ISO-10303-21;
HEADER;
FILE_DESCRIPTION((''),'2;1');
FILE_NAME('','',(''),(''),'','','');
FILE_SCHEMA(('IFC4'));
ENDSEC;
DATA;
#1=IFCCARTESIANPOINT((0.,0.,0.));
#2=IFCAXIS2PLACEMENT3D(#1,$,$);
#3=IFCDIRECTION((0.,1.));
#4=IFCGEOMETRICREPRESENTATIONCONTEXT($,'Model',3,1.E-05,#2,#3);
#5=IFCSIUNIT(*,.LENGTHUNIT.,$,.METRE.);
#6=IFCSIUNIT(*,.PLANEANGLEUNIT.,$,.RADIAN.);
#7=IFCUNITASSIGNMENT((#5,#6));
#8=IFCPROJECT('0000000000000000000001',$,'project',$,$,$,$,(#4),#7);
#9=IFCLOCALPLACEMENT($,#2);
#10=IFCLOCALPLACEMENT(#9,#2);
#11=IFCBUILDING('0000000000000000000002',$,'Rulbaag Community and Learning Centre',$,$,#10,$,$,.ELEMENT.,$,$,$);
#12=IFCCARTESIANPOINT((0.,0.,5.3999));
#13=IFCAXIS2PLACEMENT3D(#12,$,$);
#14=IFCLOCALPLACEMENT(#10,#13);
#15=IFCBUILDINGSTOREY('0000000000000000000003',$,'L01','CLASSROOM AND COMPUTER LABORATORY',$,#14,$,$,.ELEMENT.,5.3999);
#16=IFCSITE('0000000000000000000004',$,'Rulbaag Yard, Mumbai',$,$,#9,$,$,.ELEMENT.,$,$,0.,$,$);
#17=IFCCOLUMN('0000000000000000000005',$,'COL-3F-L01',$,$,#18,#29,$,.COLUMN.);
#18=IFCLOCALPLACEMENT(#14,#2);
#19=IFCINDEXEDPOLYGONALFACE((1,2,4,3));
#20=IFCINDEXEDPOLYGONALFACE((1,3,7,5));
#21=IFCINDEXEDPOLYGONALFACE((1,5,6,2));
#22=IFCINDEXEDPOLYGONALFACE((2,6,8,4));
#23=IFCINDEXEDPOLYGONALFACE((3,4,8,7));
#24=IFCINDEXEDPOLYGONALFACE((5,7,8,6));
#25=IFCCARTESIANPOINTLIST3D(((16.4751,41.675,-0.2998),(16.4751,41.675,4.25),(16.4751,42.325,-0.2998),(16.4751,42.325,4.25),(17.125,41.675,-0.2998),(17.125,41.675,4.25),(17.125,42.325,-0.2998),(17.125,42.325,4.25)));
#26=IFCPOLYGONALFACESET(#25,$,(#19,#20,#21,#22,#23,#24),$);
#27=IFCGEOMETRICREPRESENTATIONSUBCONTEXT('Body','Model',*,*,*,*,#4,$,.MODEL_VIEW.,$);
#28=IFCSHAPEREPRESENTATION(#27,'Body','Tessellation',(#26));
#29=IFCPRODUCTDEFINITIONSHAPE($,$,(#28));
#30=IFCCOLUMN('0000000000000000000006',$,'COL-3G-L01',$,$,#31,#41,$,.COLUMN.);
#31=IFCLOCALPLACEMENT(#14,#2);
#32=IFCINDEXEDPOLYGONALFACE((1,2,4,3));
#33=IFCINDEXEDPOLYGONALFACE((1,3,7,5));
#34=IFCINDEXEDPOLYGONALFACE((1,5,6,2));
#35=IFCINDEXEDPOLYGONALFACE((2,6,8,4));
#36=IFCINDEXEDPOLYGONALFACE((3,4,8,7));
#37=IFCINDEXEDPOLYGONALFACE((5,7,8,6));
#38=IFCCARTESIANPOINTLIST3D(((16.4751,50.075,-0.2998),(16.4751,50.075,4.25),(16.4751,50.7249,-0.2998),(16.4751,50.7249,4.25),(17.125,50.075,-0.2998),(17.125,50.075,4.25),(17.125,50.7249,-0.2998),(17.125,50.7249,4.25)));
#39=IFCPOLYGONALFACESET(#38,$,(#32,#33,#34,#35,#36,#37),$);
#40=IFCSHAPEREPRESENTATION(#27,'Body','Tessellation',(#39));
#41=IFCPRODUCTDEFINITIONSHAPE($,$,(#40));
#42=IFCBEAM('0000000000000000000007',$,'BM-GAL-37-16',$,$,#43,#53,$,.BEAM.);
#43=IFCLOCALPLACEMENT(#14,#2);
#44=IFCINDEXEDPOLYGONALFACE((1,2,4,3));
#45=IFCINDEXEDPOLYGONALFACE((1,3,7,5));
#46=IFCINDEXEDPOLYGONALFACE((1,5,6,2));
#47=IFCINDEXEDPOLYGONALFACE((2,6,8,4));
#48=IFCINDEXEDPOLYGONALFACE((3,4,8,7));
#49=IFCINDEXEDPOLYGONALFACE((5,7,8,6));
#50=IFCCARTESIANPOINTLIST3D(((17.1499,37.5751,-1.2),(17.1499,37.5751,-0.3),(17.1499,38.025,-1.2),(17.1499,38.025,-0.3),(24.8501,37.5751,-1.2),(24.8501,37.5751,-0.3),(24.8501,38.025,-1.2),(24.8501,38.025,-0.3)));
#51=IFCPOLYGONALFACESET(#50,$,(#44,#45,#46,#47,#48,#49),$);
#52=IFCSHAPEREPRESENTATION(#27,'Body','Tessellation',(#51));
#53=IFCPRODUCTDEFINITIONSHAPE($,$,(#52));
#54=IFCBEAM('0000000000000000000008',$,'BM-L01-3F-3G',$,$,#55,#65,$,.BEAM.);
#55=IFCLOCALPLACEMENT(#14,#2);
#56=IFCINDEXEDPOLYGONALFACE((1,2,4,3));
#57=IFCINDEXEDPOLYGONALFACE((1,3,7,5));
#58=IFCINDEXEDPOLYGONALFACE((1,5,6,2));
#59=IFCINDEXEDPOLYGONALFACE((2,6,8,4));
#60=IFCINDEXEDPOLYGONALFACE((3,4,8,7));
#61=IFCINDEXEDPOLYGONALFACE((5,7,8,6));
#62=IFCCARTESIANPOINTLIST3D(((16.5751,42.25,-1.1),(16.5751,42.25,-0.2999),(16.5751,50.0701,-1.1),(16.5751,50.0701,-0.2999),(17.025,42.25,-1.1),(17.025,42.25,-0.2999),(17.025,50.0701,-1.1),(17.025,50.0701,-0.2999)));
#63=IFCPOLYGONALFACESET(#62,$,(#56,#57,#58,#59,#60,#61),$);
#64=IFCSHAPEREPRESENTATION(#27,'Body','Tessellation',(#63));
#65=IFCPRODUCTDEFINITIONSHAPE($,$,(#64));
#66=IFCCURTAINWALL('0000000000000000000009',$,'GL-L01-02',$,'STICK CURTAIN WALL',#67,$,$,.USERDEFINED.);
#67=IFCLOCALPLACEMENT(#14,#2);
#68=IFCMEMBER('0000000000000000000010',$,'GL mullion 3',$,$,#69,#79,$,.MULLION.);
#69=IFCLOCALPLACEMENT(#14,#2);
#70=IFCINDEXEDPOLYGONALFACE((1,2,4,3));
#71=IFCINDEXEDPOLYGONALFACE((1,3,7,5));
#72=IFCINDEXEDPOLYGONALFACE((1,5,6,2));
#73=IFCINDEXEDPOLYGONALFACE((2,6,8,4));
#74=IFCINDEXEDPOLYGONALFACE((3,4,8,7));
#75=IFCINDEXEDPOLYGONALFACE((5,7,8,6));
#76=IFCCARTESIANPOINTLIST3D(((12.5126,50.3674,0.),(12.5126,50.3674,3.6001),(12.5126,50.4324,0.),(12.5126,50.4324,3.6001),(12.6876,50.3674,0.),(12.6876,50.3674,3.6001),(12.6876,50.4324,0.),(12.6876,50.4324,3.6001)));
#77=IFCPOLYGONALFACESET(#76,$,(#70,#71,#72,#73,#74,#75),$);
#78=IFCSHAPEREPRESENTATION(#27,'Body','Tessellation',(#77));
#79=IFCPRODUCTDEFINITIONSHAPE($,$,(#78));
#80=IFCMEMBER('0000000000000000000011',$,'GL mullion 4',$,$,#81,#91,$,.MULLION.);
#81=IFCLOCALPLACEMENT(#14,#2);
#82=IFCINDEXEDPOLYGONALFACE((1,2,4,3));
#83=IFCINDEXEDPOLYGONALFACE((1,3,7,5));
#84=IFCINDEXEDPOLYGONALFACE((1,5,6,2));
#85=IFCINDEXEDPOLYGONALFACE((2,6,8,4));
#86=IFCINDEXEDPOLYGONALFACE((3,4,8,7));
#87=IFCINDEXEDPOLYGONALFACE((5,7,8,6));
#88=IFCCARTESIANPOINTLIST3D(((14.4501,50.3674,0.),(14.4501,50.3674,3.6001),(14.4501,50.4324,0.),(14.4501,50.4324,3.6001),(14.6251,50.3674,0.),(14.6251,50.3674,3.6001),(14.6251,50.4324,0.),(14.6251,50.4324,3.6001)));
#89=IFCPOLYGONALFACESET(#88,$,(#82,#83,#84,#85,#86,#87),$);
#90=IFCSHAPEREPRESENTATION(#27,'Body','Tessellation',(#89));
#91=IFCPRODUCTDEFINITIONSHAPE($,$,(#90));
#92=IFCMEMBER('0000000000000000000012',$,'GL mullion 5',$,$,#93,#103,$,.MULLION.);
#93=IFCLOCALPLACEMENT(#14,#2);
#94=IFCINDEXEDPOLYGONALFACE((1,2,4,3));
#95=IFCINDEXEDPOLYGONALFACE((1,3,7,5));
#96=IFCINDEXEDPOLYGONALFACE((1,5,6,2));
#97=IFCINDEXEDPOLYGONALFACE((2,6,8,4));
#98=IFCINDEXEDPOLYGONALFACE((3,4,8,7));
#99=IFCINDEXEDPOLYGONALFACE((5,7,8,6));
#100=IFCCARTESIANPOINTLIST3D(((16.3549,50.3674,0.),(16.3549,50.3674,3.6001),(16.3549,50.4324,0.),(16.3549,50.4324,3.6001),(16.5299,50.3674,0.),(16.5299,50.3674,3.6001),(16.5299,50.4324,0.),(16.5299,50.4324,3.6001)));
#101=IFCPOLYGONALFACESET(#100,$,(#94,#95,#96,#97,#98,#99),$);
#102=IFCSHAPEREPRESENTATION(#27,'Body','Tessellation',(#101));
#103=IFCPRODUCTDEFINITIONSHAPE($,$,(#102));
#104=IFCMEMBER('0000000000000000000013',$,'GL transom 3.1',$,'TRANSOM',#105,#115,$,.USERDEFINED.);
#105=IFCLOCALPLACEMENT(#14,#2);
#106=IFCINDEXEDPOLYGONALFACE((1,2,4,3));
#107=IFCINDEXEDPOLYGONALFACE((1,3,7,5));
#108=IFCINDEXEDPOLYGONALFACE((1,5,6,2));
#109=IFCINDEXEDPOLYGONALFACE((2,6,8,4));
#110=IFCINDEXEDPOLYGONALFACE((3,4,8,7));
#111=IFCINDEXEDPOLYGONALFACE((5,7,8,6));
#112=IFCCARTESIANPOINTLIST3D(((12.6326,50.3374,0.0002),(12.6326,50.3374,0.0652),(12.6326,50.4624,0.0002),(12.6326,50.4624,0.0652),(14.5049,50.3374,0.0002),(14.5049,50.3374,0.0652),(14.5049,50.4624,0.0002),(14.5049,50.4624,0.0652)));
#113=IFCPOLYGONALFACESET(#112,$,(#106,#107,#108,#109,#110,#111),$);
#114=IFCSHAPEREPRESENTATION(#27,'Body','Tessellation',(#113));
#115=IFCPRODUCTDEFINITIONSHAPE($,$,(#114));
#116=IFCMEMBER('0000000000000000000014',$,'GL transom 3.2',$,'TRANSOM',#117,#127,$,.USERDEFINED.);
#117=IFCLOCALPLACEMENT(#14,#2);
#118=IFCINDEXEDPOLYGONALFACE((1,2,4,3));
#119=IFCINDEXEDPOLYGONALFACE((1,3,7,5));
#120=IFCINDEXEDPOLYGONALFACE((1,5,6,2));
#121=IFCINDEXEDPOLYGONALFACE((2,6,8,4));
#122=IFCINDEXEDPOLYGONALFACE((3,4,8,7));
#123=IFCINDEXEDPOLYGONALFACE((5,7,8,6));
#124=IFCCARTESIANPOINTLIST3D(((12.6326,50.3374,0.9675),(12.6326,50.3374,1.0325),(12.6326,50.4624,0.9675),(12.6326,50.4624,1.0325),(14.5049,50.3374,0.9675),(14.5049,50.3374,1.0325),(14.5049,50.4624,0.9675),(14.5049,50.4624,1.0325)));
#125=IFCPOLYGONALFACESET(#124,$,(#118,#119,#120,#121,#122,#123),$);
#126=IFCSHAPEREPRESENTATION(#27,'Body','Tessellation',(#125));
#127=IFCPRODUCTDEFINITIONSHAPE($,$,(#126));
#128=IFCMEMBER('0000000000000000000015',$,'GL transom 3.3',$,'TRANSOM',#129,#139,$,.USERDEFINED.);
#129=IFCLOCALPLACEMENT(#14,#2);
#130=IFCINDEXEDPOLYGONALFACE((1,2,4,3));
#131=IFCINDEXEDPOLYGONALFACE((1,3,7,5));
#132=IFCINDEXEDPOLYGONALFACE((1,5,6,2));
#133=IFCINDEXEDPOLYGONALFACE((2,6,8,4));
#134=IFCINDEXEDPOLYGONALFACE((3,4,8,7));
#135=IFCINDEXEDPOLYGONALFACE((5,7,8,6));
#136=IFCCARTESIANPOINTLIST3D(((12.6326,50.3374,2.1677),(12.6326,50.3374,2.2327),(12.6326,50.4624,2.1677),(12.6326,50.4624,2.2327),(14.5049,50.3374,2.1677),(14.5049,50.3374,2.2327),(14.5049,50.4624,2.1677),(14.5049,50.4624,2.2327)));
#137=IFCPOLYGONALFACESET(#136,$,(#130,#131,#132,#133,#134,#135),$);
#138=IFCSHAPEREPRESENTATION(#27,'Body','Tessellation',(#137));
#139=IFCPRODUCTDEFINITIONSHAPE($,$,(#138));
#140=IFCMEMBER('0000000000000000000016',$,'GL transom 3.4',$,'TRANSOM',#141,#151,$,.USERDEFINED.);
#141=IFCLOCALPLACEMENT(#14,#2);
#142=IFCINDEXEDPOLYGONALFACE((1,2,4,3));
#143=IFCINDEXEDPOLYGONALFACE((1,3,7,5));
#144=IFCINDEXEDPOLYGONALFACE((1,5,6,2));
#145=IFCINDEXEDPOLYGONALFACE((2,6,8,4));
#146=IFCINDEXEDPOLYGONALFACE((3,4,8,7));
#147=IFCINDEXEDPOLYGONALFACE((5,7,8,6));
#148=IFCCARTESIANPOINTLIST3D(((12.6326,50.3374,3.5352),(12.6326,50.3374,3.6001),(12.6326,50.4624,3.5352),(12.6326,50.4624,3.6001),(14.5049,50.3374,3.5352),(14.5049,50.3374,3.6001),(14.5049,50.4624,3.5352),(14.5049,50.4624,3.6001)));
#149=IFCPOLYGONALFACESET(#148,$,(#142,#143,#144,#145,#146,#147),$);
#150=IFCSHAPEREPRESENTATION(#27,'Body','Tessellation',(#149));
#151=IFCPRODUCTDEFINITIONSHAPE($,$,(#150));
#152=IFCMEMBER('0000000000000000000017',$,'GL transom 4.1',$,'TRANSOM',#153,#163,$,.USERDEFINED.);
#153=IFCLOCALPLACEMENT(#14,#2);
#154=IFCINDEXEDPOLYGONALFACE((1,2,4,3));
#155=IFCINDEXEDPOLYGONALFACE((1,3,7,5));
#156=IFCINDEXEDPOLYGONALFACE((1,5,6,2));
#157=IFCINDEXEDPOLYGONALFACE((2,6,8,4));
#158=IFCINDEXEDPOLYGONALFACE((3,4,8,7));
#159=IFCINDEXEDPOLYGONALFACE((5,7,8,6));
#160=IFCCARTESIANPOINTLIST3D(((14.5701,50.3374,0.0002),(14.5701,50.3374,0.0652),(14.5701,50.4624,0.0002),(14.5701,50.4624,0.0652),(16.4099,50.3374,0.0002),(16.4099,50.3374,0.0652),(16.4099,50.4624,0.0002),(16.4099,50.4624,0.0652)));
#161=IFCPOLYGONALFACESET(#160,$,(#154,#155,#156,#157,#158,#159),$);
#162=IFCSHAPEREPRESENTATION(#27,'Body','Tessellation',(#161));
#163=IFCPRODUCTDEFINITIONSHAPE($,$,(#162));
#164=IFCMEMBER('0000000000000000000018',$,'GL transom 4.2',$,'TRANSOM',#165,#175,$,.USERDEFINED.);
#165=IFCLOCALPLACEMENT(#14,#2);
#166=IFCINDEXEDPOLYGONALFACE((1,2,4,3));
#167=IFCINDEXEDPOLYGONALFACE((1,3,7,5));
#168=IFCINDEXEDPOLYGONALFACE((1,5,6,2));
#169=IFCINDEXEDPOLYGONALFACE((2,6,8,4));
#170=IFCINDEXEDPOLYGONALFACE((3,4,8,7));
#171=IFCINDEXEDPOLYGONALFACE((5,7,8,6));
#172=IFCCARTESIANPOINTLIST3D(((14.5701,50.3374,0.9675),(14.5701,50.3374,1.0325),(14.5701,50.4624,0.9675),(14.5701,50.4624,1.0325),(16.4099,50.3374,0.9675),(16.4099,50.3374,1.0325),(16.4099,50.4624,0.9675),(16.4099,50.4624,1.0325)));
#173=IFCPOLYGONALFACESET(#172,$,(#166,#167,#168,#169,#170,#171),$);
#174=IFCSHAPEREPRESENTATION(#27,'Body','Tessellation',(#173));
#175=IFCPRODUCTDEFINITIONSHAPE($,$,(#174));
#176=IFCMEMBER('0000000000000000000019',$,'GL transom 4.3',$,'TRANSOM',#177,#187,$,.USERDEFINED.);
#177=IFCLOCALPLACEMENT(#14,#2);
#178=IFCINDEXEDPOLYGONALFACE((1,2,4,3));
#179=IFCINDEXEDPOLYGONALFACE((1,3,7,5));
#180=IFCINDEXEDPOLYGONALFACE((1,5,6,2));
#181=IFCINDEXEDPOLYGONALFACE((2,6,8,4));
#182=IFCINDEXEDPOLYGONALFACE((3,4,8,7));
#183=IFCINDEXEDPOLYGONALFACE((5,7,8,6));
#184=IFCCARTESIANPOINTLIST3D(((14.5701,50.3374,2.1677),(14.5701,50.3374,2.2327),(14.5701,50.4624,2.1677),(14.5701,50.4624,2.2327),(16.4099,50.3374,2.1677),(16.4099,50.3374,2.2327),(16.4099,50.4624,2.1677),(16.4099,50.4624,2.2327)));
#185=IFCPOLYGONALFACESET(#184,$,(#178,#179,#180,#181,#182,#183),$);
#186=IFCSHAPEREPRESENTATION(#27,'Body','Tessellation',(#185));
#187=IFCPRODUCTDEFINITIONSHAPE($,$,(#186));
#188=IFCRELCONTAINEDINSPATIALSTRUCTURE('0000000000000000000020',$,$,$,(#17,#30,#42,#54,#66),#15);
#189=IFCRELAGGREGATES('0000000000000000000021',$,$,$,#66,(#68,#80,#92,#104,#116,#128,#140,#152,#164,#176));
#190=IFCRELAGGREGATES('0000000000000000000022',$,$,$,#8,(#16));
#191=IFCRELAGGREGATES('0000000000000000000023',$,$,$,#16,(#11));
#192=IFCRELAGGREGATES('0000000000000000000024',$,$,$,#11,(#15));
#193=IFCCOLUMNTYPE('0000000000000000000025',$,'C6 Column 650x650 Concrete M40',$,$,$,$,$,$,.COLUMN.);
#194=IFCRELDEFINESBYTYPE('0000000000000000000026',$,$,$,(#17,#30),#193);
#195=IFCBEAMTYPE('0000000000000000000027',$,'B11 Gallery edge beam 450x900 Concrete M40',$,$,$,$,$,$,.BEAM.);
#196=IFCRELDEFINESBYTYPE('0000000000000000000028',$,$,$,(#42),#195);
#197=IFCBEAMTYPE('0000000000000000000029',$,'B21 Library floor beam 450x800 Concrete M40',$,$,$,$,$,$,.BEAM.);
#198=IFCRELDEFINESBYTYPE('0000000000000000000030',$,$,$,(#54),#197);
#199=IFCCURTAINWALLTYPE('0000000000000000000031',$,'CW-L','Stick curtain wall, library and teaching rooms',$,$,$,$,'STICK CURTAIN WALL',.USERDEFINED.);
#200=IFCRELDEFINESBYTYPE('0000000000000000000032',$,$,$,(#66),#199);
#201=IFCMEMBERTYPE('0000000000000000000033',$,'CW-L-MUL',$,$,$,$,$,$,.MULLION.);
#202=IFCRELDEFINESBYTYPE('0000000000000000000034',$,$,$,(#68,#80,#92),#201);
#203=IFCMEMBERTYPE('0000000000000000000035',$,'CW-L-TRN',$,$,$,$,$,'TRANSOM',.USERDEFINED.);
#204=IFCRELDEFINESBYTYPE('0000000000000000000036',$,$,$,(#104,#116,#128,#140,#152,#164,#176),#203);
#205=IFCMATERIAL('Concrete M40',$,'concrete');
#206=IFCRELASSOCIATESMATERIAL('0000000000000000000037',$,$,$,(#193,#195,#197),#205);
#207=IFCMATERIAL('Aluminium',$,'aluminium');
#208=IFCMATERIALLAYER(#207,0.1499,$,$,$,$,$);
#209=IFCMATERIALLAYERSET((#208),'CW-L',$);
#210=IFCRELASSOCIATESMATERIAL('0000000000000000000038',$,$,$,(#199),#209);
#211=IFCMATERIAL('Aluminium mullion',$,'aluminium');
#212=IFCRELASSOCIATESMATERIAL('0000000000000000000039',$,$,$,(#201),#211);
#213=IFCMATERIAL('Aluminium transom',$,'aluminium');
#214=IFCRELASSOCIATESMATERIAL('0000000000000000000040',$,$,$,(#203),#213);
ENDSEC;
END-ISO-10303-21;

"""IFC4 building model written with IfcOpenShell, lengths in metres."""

from ifc_helpers import new_model, si_unit, direction, frame, origin, origin_2d, place, context, subcontext, project, spatial, rectangle, extrude, material, layer, layer_set, material_profile, profile_set, type_object, element, aggregate, save


model = new_model("IFC4")

# Units and contexts
model_context = context("Model", 3, precision=1e-05, world=origin(), true_north=direction((0.0, 1.0)))
body_context = subcontext(model_context, "Body", "Model", "MODEL_VIEW")
ifc_project = project(units=[si_unit("LENGTHUNIT", "METRE"), si_unit("PLANEANGLEUNIT", "RADIAN")], contexts=[model_context])

# Site, building, storey
site_placement = place(None, origin())
site = spatial("IfcSite", under=ifc_project, at=site_placement, Name="Rulbaag Yard, Mumbai", CompositionType="ELEMENT", RefElevation=0.0)
building_placement = place(site_placement, origin())
building = spatial("IfcBuilding", under=site, at=building_placement, Name="Rulbaag Community and Learning Centre", CompositionType="ELEMENT")
storey_placement = place(building_placement, frame((0.0, 0.0, 5.3999)))
storey = spatial("IfcBuildingStorey", under=building, at=storey_placement, Name="L01", Description="CLASSROOM AND COMPUTER LABORATORY", CompositionType="ELEMENT", Elevation=5.3999)

# Columns
ifc_material_1 = material(Name="Concrete M40", Category="concrete")
ifc_material_profile_1 = material_profile(ifc_material_1, rectangle(XDim=0.6499, YDim=0.6499, at=origin_2d()), Name="RC650x650")
ifc_profile_set_1 = profile_set([ifc_material_profile_1], Name="Concrete M40")
column_type = type_object("IfcColumnType", Name="C6 Column 650x650 Concrete M40", PredefinedType="COLUMN", material=ifc_profile_set_1)
for number, where, z_axis, x_axis, name in (
    (1, (16.8, 42.0, -0.2998), (0.0, 0.0, 1.0), (1.0, 0.0, 0.0), "COL-3F-L01"),
    (2, (16.8, 50.3999, -0.2998), (0.0, 0.0, 1.0), (1.0, 0.0, 0.0), "COL-3G-L01"),
):
    element("IfcColumn", number, at=place(storey_placement, frame(where, z_axis=z_axis, x_axis=x_axis)), inside=storey, type_object=column_type, Name=name, PredefinedType="COLUMN", context=body_context, shape_type="SweptSolid", body=[
        extrude(rectangle(XDim=0.6499, YDim=0.6499, at=origin_2d()), origin(), (0.0, 0.0, 1.0), 4.5498),
    ])

# Beams
ifc_material_profile_2 = material_profile(ifc_material_1, rectangle(XDim=0.45, YDim=0.8999, at=origin_2d()), Name="RB450x900")
ifc_profile_set_2 = profile_set([ifc_material_profile_2], Name="Concrete M40")
beam_type_1 = type_object("IfcBeamType", Name="B11 Gallery edge beam 450x900 Concrete M40", PredefinedType="BEAM", material=ifc_profile_set_2)
beam_1_placement = place(storey_placement, frame((17.1499, 37.8, -0.75), z_axis=(1.0, 0.0, 0.0), x_axis=(0.0, 1.0, 0.0)))
element("IfcBeam", 3, at=beam_1_placement, inside=storey, type_object=beam_type_1, Name="BM-GAL-37-16", PredefinedType="BEAM", context=body_context, shape_type="SweptSolid", body=[
    extrude(rectangle(XDim=0.45, YDim=0.8999, at=origin_2d()), origin(), (0.0, 0.0, 1.0), 7.7002),
])
ifc_material_profile_3 = material_profile(ifc_material_1, rectangle(XDim=0.45, YDim=0.8, at=origin_2d()), Name="RB450x800")
ifc_profile_set_3 = profile_set([ifc_material_profile_3], Name="Concrete M40")
beam_type_2 = type_object("IfcBeamType", Name="B21 Library floor beam 450x800 Concrete M40", PredefinedType="BEAM", material=ifc_profile_set_3)
beam_2_placement = place(storey_placement, frame((16.8, 42.25, -0.7), z_axis=(0.0, 1.0, 0.0), x_axis=(-1.0, 0.0, 0.0)))
element("IfcBeam", 4, at=beam_2_placement, inside=storey, type_object=beam_type_2, Name="BM-L01-3F-3G", PredefinedType="BEAM", context=body_context, shape_type="SweptSolid", body=[
    extrude(rectangle(XDim=0.45, YDim=0.8, at=origin_2d()), origin(), (0.0, 0.0, 1.0), 7.8201),
])

# Curtain wall, members
ifc_material_2 = material(Name="Aluminium", Category="aluminium")
ifc_layer_1 = layer(ifc_material_2, 0.1499)
ifc_layer_set_1 = layer_set([ifc_layer_1], Name="CW-L")
curtain_wall_type = type_object("IfcCurtainWallType", Name="CW-L", Description="Stick curtain wall, library and teaching rooms", ElementType="STICK CURTAIN WALL", PredefinedType="USERDEFINED", material=ifc_layer_set_1)
curtain_wall_placement = place(storey_placement, origin())
curtain_wall = element("IfcCurtainWall", 5, at=curtain_wall_placement, inside=storey, type_object=curtain_wall_type, Name="GL-L01-02", ObjectType="STICK CURTAIN WALL", PredefinedType="USERDEFINED")
ifc_material_3 = material(Name="Aluminium mullion", Category="aluminium")
ifc_material_profile_4 = material_profile(ifc_material_3, rectangle(XDim=0.0649, YDim=0.175, at=origin_2d()), Name="AL 65x175")
ifc_profile_set_4 = profile_set([ifc_material_profile_4], Name="Aluminium mullion")
member_type_1 = type_object("IfcMemberType", Name="CW-L-MUL", PredefinedType="MULLION", material=ifc_profile_set_4)
member_1_placement = place(storey_placement, frame((12.6001, 50.3999, 0.0), z_axis=(0.0, 0.0, 1.0), x_axis=(0.0, 1.0, 0.0)))
member_1 = element("IfcMember", 6, at=member_1_placement, type_object=member_type_1, Name="GL mullion 3", PredefinedType="MULLION", context=body_context, shape_type="SweptSolid", body=[
    extrude(rectangle(XDim=0.0649, YDim=0.175, at=origin_2d()), origin(), (0.0, 0.0, 1.0), 3.6001),
])
member_2_placement = place(storey_placement, frame((14.5376, 50.3999, 0.0), z_axis=(0.0, 0.0, 1.0), x_axis=(0.0, 1.0, 0.0)))
member_2 = element("IfcMember", 7, at=member_2_placement, type_object=member_type_1, Name="GL mullion 4", PredefinedType="MULLION", context=body_context, shape_type="SweptSolid", body=[
    extrude(rectangle(XDim=0.0649, YDim=0.175, at=origin_2d()), origin(), (0.0, 0.0, 1.0), 3.6001),
])
member_3_placement = place(storey_placement, frame((16.4424, 50.3999, 0.0), z_axis=(0.0, 0.0, 1.0), x_axis=(0.0, 1.0, 0.0)))
member_3 = element("IfcMember", 8, at=member_3_placement, type_object=member_type_1, Name="GL mullion 5", PredefinedType="MULLION", context=body_context, shape_type="SweptSolid", body=[
    extrude(rectangle(XDim=0.0649, YDim=0.175, at=origin_2d()), origin(), (0.0, 0.0, 1.0), 3.6001),
])
ifc_material_4 = material(Name="Aluminium transom", Category="aluminium")
ifc_material_profile_5 = material_profile(ifc_material_4, rectangle(XDim=0.125, YDim=0.0649, at=origin_2d()), Name="AL 65x125 T")
ifc_profile_set_5 = profile_set([ifc_material_profile_5], Name="Aluminium transom")
member_type_2 = type_object("IfcMemberType", Name="CW-L-TRN", ElementType="TRANSOM", PredefinedType="USERDEFINED", material=ifc_profile_set_5)
member_4_placement = place(storey_placement, frame((12.6326, 50.3999, 0.0327), z_axis=(1.0, 0.0, 0.0), x_axis=(0.0, 1.0, 0.0)))
member_4 = element("IfcMember", 9, at=member_4_placement, type_object=member_type_2, Name="GL transom 3.1", ObjectType="TRANSOM", PredefinedType="USERDEFINED", context=body_context, shape_type="SweptSolid", body=[
    extrude(rectangle(XDim=0.125, YDim=0.0649, at=origin_2d()), origin(), (0.0, 0.0, 1.0), 1.8723),
])
member_5_placement = place(storey_placement, frame((12.6326, 50.3999, 1.0), z_axis=(1.0, 0.0, 0.0), x_axis=(0.0, 1.0, 0.0)))
member_5 = element("IfcMember", 10, at=member_5_placement, type_object=member_type_2, Name="GL transom 3.2", ObjectType="TRANSOM", PredefinedType="USERDEFINED", context=body_context, shape_type="SweptSolid", body=[
    extrude(rectangle(XDim=0.125, YDim=0.0649, at=origin_2d()), origin(), (0.0, 0.0, 1.0), 1.8723),
])
member_6_placement = place(storey_placement, frame((12.6326, 50.3999, 2.2002), z_axis=(1.0, 0.0, 0.0), x_axis=(0.0, 1.0, 0.0)))
member_6 = element("IfcMember", 11, at=member_6_placement, type_object=member_type_2, Name="GL transom 3.3", ObjectType="TRANSOM", PredefinedType="USERDEFINED", context=body_context, shape_type="SweptSolid", body=[
    extrude(rectangle(XDim=0.125, YDim=0.0649, at=origin_2d()), origin(), (0.0, 0.0, 1.0), 1.8723),
])
member_7_placement = place(storey_placement, frame((12.6326, 50.3999, 3.5676), z_axis=(1.0, 0.0, 0.0), x_axis=(0.0, 1.0, 0.0)))
member_7 = element("IfcMember", 12, at=member_7_placement, type_object=member_type_2, Name="GL transom 3.4", ObjectType="TRANSOM", PredefinedType="USERDEFINED", context=body_context, shape_type="SweptSolid", body=[
    extrude(rectangle(XDim=0.125, YDim=0.0649, at=origin_2d()), origin(), (0.0, 0.0, 1.0), 1.8723),
])
member_8_placement = place(storey_placement, frame((14.5701, 50.3999, 0.0327), z_axis=(1.0, 0.0, 0.0), x_axis=(0.0, 1.0, 0.0)))
member_8 = element("IfcMember", 13, at=member_8_placement, type_object=member_type_2, Name="GL transom 4.1", ObjectType="TRANSOM", PredefinedType="USERDEFINED", context=body_context, shape_type="SweptSolid", body=[
    extrude(rectangle(XDim=0.125, YDim=0.0649, at=origin_2d()), origin(), (0.0, 0.0, 1.0), 1.8398),
])
member_9_placement = place(storey_placement, frame((14.5701, 50.3999, 1.0), z_axis=(1.0, 0.0, 0.0), x_axis=(0.0, 1.0, 0.0)))
member_9 = element("IfcMember", 14, at=member_9_placement, type_object=member_type_2, Name="GL transom 4.2", ObjectType="TRANSOM", PredefinedType="USERDEFINED", context=body_context, shape_type="SweptSolid", body=[
    extrude(rectangle(XDim=0.125, YDim=0.0649, at=origin_2d()), origin(), (0.0, 0.0, 1.0), 1.8398),
])
member_10_placement = place(storey_placement, frame((14.5701, 50.3999, 2.2002), z_axis=(1.0, 0.0, 0.0), x_axis=(0.0, 1.0, 0.0)))
member_10 = element("IfcMember", 15, at=member_10_placement, type_object=member_type_2, Name="GL transom 4.3", ObjectType="TRANSOM", PredefinedType="USERDEFINED", context=body_context, shape_type="SweptSolid", body=[
    extrude(rectangle(XDim=0.125, YDim=0.0649, at=origin_2d()), origin(), (0.0, 0.0, 1.0), 1.8398),
])
aggregate(curtain_wall, [member_1, member_2, member_3, member_4, member_5, member_6, member_7, member_8, member_9, member_10])

save(model, "model.ifc")
